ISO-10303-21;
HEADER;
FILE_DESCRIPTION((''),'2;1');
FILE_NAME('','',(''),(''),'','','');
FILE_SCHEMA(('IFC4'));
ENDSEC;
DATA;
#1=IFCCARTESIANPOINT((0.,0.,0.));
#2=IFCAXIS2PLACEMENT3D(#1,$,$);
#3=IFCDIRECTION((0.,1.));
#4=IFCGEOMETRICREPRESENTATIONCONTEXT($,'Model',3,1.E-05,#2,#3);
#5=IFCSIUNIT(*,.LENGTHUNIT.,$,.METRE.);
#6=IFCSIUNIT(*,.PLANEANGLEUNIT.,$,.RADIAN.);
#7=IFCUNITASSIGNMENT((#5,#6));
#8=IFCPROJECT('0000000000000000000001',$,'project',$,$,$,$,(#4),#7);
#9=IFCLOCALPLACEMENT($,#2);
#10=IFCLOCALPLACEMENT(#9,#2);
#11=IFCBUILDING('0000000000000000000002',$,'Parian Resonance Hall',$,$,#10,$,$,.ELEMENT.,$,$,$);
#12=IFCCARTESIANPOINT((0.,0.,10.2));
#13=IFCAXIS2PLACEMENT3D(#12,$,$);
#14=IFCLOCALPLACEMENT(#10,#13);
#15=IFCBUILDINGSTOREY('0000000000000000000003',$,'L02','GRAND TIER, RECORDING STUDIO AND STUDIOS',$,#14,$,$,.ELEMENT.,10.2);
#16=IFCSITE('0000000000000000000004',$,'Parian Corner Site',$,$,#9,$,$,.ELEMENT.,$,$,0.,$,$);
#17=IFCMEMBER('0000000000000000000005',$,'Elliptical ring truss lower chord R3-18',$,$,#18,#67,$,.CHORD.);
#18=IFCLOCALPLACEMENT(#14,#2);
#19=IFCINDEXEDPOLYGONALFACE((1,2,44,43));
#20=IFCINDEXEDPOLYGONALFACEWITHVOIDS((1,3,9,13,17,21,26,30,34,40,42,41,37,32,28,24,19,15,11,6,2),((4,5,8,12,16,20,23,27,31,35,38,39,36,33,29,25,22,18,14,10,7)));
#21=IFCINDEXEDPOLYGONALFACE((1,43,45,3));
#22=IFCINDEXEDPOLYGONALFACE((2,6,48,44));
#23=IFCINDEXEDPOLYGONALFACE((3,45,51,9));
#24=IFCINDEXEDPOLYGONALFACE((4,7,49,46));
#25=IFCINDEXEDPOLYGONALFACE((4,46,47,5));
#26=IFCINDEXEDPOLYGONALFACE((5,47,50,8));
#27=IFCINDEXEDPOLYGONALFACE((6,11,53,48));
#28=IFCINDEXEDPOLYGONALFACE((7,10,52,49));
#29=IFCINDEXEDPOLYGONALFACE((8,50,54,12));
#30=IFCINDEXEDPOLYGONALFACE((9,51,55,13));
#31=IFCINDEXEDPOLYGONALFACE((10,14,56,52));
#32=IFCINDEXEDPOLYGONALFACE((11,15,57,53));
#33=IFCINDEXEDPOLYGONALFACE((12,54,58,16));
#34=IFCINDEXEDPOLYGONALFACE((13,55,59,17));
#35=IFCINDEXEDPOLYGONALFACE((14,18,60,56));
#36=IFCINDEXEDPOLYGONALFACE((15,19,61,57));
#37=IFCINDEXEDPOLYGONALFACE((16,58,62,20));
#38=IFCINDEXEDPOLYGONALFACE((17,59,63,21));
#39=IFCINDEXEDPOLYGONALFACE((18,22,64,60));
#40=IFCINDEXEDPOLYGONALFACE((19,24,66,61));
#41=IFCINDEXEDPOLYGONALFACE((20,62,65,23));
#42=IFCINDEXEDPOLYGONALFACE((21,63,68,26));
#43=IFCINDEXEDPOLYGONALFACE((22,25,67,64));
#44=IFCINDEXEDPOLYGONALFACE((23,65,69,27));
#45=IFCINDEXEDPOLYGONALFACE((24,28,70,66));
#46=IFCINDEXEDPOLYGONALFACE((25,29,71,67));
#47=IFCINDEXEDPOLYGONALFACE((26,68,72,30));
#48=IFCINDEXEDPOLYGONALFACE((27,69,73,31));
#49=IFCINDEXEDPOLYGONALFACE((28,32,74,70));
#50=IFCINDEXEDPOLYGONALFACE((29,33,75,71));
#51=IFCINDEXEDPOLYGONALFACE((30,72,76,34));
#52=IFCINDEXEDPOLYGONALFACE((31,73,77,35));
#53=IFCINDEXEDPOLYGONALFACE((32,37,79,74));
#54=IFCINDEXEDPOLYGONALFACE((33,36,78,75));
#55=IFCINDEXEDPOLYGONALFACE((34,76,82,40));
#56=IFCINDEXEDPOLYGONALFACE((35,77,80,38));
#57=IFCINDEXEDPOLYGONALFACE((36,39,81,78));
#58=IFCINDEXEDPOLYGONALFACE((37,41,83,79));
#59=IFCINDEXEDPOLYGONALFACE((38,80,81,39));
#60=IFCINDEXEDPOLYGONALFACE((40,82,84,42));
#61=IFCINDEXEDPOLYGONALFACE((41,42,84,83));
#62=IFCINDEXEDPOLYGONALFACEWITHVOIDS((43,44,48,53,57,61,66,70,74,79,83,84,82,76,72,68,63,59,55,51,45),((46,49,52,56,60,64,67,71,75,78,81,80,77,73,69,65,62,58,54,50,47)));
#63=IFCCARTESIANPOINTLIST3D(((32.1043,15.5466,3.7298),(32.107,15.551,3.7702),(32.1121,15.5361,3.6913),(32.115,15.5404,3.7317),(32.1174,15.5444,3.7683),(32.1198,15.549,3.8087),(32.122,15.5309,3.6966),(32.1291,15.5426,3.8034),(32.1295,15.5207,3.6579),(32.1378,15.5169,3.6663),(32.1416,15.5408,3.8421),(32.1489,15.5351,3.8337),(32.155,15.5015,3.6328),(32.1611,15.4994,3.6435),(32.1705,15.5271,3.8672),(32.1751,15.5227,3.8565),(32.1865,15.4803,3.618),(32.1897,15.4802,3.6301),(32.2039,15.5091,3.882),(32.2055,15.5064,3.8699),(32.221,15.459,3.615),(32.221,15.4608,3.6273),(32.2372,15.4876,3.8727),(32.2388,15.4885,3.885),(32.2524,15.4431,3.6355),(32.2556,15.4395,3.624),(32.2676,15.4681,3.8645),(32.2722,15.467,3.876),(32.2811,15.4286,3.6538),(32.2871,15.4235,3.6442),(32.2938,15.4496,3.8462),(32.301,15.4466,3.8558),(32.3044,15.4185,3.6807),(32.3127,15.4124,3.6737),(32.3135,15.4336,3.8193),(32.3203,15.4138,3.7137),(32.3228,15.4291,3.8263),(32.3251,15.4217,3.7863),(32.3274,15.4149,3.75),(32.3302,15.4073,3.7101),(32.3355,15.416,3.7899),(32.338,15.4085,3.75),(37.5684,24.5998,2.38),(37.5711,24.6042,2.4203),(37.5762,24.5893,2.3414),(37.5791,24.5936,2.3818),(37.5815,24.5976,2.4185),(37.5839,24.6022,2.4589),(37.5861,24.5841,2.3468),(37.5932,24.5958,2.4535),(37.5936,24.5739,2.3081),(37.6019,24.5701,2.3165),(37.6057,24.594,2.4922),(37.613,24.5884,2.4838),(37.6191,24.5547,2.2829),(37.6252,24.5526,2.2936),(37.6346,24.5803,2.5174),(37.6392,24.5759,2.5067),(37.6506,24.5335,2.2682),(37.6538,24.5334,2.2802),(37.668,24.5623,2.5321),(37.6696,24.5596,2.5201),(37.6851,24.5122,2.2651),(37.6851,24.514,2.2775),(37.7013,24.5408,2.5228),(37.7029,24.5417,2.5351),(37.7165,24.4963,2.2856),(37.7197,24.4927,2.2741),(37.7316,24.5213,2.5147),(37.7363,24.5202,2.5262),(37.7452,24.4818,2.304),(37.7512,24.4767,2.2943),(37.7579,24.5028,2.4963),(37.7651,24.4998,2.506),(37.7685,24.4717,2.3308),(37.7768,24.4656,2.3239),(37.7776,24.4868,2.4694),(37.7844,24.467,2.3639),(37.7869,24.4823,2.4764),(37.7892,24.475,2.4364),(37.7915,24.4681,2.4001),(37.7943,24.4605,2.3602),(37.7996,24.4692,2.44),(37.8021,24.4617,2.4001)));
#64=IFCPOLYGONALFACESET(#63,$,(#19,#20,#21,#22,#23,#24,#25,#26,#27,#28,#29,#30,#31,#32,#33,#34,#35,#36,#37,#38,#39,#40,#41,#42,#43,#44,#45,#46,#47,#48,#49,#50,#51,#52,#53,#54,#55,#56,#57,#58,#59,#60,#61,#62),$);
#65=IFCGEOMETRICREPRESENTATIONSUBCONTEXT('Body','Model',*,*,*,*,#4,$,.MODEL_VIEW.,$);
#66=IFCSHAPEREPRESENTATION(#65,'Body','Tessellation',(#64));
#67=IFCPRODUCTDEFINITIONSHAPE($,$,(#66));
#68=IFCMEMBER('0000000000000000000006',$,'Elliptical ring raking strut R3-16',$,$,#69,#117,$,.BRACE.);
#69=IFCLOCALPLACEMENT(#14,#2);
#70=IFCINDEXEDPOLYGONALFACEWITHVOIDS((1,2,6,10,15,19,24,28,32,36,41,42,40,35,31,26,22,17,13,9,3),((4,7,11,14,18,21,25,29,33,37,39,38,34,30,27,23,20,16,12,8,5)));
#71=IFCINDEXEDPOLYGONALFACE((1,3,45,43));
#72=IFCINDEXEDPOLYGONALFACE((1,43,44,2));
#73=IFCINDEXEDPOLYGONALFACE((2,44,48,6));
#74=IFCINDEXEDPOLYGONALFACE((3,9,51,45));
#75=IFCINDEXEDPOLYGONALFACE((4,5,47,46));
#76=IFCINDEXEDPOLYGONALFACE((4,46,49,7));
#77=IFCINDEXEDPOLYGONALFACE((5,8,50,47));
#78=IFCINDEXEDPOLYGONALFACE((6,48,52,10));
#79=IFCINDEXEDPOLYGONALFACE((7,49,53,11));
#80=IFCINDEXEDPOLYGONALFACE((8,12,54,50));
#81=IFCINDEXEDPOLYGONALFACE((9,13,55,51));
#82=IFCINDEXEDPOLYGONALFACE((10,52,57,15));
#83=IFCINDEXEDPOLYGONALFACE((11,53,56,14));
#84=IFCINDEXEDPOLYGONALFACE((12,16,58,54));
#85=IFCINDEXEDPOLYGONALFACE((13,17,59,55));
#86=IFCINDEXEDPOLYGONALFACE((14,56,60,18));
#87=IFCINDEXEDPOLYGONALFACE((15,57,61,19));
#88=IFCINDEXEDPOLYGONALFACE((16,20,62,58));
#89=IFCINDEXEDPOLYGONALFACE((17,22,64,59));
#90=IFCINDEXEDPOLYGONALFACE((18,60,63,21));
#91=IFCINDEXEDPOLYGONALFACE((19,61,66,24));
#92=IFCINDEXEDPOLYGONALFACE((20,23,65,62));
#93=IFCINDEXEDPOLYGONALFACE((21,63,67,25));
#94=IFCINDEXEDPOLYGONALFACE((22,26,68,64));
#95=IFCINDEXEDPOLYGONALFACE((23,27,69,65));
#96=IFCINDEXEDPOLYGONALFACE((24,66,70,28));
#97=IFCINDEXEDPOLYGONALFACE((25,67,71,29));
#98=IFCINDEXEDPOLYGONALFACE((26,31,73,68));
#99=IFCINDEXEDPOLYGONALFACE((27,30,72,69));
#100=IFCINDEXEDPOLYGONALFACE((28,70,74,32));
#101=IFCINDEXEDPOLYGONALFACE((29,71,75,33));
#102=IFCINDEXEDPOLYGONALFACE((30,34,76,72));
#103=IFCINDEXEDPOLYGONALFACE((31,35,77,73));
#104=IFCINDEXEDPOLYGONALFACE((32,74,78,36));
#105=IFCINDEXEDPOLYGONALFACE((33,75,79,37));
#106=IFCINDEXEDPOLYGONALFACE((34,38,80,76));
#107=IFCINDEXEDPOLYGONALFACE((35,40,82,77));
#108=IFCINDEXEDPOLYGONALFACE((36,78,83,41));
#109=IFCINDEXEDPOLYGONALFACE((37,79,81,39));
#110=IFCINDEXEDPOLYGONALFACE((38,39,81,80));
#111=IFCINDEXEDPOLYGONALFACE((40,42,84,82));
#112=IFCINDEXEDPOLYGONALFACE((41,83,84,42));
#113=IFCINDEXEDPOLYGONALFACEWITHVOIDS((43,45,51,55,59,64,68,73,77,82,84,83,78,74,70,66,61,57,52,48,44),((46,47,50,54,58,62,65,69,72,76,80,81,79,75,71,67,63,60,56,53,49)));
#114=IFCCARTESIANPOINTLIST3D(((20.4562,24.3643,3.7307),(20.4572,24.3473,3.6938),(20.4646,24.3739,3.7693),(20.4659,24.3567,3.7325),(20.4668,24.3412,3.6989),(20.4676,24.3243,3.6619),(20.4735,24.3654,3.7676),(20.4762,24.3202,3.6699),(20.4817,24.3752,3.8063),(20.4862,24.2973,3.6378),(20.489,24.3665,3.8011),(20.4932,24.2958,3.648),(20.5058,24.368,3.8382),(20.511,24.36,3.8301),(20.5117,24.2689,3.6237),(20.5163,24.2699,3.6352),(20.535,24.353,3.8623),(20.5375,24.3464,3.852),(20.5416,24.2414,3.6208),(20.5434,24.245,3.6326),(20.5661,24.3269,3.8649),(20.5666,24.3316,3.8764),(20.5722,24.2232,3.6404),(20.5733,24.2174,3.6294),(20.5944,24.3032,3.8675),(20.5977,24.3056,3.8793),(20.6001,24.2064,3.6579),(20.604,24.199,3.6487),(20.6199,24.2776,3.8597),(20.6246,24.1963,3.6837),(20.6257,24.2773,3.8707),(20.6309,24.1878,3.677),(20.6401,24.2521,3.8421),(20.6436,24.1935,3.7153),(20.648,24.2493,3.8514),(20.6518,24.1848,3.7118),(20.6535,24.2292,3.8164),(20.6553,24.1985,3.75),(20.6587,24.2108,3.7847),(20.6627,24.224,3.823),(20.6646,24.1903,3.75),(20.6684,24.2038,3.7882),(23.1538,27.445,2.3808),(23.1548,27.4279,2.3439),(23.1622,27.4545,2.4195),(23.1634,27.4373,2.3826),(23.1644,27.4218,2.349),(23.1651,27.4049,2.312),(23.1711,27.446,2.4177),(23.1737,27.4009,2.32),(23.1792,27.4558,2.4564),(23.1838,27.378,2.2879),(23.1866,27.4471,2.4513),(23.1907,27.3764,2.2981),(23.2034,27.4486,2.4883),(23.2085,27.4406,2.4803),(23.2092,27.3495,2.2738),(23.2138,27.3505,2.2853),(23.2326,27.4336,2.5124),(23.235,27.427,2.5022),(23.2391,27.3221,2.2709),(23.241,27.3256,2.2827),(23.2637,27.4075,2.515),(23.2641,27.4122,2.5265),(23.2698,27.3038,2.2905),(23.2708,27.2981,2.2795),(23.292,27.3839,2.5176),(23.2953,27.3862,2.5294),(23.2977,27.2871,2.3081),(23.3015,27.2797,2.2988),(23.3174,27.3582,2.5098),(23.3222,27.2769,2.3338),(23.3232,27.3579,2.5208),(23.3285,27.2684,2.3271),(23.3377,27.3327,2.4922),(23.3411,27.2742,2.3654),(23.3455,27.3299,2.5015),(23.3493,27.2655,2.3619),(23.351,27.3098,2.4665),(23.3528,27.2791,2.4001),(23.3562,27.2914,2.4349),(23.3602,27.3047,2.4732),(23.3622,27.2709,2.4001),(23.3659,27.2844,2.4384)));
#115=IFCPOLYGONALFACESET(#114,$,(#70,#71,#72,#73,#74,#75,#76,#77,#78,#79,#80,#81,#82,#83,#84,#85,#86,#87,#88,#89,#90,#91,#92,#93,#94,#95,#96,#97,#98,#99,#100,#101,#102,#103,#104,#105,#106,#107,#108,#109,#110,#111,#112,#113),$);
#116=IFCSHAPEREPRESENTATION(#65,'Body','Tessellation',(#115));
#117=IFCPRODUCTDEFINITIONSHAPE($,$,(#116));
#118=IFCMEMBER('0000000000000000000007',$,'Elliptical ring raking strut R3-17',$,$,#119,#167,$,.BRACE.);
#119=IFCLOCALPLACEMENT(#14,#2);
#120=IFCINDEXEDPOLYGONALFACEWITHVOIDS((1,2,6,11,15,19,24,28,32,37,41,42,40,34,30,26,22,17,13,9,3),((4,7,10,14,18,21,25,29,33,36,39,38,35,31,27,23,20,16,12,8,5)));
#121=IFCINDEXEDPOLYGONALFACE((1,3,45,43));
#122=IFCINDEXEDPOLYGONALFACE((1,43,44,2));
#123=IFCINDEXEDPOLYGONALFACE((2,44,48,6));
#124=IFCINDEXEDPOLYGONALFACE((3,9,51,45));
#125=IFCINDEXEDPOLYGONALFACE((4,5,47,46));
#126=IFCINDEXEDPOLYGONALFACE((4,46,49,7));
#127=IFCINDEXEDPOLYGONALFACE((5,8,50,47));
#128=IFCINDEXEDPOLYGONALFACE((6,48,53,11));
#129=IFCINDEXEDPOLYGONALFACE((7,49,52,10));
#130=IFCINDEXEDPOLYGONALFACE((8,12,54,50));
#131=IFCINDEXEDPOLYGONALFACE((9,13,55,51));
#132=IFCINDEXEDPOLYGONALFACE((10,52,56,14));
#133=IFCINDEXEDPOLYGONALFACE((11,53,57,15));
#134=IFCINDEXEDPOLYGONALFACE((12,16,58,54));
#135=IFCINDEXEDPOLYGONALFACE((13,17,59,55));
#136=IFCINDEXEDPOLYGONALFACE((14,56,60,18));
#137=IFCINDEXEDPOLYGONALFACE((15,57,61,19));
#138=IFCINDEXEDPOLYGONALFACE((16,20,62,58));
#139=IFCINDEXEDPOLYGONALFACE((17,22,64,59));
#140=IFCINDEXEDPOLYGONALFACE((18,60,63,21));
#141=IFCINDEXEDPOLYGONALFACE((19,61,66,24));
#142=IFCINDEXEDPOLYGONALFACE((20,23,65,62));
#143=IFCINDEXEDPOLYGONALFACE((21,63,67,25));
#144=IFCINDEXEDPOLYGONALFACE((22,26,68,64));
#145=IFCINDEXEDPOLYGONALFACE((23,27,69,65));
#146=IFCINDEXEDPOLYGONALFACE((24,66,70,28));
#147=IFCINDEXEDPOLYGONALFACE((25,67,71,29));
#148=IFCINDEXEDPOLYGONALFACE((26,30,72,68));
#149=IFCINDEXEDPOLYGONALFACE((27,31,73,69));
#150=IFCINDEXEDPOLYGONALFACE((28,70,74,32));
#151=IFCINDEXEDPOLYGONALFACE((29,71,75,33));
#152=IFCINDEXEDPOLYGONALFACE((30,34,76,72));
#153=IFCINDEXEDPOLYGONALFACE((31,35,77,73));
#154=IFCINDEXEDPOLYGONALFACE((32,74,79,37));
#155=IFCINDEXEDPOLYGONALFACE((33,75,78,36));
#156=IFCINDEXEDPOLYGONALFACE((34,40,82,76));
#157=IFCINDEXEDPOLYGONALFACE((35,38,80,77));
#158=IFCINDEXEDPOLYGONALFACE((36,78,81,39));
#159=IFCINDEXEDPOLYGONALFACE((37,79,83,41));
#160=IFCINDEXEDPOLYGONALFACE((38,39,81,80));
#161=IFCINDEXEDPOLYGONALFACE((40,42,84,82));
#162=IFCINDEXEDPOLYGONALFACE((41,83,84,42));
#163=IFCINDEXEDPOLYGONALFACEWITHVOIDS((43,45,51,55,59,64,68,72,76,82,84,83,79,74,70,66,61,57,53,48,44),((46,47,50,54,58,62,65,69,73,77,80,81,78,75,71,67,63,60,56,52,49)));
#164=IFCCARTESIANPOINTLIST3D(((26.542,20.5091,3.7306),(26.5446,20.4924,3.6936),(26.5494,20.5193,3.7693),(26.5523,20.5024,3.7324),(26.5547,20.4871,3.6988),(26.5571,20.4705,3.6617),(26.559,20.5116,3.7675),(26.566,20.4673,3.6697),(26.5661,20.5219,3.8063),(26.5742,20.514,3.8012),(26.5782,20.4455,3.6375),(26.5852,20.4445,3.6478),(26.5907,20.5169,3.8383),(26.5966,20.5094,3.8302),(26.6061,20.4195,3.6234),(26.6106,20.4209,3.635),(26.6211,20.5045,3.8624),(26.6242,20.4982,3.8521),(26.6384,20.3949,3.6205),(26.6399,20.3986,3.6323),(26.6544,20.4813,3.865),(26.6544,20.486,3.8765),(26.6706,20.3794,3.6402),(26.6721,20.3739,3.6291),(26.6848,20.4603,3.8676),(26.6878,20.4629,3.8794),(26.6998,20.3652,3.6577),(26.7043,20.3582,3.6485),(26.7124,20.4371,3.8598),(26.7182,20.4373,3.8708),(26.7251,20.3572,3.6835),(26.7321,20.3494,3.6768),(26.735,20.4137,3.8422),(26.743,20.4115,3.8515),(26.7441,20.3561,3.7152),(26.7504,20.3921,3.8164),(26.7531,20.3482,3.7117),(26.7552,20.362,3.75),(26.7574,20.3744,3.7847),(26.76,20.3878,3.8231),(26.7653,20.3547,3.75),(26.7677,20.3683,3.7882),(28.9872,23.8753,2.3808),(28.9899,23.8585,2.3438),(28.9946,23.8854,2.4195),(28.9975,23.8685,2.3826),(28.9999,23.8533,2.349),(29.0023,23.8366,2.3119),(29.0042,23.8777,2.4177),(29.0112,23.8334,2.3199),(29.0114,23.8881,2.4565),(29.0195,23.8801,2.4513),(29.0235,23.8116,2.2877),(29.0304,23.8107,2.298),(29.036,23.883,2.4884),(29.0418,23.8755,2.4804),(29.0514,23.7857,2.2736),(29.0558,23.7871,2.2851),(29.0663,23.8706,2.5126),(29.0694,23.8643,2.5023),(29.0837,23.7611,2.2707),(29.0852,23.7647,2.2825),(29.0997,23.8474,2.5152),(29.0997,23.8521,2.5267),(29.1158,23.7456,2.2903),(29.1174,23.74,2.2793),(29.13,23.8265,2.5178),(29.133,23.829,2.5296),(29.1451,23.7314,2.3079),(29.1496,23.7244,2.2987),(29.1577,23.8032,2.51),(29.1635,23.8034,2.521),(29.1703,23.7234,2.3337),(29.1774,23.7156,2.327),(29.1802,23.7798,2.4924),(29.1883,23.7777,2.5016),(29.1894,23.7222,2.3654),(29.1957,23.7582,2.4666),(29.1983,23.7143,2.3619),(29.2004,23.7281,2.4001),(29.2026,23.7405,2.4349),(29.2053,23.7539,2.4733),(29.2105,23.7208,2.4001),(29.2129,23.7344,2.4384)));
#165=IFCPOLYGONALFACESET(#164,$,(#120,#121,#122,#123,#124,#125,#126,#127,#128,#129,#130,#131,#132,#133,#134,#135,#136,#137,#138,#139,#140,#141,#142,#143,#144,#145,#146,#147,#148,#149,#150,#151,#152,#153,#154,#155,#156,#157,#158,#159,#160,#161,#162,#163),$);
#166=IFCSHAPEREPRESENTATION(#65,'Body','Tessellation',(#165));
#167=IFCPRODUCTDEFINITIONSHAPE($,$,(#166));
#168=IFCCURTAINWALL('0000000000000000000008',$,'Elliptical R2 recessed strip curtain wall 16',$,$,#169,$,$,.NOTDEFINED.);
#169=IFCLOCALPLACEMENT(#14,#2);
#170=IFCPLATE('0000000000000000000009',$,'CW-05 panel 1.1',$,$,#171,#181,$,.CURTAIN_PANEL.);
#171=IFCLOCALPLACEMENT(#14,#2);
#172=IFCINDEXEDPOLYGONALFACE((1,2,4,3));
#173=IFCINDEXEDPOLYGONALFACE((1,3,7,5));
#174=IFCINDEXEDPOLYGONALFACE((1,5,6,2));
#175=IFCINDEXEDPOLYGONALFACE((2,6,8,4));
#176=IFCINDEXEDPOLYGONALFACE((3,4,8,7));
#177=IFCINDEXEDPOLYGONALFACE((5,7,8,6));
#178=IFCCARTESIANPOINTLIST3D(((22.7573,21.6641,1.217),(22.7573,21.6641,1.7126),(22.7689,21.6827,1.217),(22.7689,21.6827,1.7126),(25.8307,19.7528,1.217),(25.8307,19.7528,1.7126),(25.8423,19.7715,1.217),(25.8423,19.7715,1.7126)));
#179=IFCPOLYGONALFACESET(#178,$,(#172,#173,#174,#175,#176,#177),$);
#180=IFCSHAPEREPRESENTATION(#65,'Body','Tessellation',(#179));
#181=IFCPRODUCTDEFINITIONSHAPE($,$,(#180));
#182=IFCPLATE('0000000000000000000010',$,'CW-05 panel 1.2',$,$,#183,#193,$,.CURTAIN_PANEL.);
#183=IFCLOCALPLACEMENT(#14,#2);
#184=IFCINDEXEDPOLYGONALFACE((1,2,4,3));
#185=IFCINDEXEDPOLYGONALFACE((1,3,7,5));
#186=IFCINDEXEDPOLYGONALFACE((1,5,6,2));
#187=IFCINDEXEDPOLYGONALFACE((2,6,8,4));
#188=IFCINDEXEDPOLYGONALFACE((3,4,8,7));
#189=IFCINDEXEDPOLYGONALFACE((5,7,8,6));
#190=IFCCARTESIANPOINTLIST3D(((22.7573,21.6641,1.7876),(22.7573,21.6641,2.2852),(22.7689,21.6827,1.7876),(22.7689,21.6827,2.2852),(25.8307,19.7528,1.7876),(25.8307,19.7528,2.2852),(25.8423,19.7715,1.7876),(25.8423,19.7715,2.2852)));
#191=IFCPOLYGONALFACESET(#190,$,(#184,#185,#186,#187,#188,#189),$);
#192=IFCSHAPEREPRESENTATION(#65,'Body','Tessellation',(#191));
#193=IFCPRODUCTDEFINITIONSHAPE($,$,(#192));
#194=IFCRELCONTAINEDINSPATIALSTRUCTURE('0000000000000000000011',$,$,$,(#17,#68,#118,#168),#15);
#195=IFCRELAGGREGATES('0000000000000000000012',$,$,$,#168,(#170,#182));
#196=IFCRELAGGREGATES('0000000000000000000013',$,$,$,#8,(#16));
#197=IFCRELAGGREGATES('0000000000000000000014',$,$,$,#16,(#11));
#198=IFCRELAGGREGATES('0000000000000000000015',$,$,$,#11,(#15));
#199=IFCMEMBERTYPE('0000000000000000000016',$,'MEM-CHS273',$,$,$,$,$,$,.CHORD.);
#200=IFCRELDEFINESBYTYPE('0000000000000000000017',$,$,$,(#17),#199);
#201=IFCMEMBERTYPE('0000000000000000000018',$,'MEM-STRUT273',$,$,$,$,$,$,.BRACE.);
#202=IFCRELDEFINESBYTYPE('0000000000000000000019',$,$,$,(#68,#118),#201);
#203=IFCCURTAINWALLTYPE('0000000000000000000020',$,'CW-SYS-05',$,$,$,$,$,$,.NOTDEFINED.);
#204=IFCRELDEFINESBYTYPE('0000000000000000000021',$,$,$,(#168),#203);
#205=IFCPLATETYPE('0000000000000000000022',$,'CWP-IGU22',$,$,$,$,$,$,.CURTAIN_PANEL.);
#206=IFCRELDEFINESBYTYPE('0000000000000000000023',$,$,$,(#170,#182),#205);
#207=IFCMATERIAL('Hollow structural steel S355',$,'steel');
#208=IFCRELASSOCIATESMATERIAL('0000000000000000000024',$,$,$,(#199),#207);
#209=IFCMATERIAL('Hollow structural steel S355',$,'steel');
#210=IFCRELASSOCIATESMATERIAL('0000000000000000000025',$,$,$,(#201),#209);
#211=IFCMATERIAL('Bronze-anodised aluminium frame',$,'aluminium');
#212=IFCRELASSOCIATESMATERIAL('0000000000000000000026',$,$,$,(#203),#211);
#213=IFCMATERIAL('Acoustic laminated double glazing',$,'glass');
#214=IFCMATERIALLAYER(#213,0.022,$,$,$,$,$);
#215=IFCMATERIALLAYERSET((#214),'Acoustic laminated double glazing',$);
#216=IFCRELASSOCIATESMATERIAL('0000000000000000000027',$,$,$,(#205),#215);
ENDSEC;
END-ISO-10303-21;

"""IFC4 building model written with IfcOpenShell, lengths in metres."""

from ifc_helpers import new_model, si_unit, direction, frame, origin, origin_2d, place, context, subcontext, project, spatial, rectangle, hollow_circle, extrude, material, layer, layer_set, material_profile, profile_set, type_object, element, aggregate, save


model = new_model("IFC4")

# Units and contexts
model_context = context("Model", 3, precision=1e-05, world=origin(), true_north=direction((0.0, 1.0)))
body_context = subcontext(model_context, "Body", "Model", "MODEL_VIEW")
ifc_project = project(units=[si_unit("LENGTHUNIT", "METRE"), si_unit("PLANEANGLEUNIT", "RADIAN")], contexts=[model_context])

# Site, building, storey
site_placement = place(None, origin())
site = spatial("IfcSite", under=ifc_project, at=site_placement, Name="Parian Corner Site", CompositionType="ELEMENT", RefElevation=0.0)
building_placement = place(site_placement, origin())
building = spatial("IfcBuilding", under=site, at=building_placement, Name="Parian Resonance Hall", CompositionType="ELEMENT")
storey_placement = place(building_placement, frame((0.0, 0.0, 10.2)))
storey = spatial("IfcBuildingStorey", under=building, at=storey_placement, Name="L02", Description="GRAND TIER, RECORDING STUDIO AND STUDIOS", CompositionType="ELEMENT", Elevation=10.2)

# Members
ifc_material_1 = material(Name="Hollow structural steel S355", Category="steel")
ifc_material_profile_1 = material_profile(ifc_material_1, hollow_circle(Radius=0.1365, WallThickness=0.0125, at=origin_2d()), Name="CHS273x12.5")
ifc_profile_set_1 = profile_set([ifc_material_profile_1], Name="Hollow structural steel S355")
member_type_1 = type_object("IfcMemberType", Name="MEM-CHS273", PredefinedType="CHORD", material=ifc_profile_set_1)
member_1_placement = place(storey_placement, frame((37.6853, 24.5322, 2.4001), z_axis=(-0.512572, -0.849256, 0.126626), x_axis=(0.856148, -0.516731, 0.0)))
element("IfcMember", 1, at=member_1_placement, inside=storey, type_object=member_type_1, Name="Elliptical ring truss lower chord R3-18", PredefinedType="CHORD", context=body_context, shape_type="SweptSolid", body=[
    extrude(hollow_circle(Radius=0.1365, WallThickness=0.0125, at=origin_2d()), origin(), (0.0, 0.0, 1.0), 10.6602),
])
ifc_material_2 = material(Name="Hollow structural steel S355", Category="steel")
ifc_material_profile_2 = material_profile(ifc_material_2, hollow_circle(Radius=0.1365, WallThickness=0.0125, at=origin_2d()), Name="CHS273x12.5")
ifc_profile_set_2 = profile_set([ifc_material_profile_2], Name="Hollow structural steel S355")
member_type_2 = type_object("IfcMemberType", Name="MEM-STRUT273", PredefinedType="BRACE", material=ifc_profile_set_2)
member_2_placement = place(storey_placement, frame((23.2595, 27.3608, 2.4001), z_axis=(-0.625663, -0.714509, 0.313086), x_axis=(0.752333, -0.658783, 0.0)))
element("IfcMember", 2, at=member_2_placement, inside=storey, type_object=member_type_2, Name="Elliptical ring raking strut R3-16", PredefinedType="BRACE", context=body_context, shape_type="SweptSolid", body=[
    extrude(hollow_circle(Radius=0.1365, WallThickness=0.0125, at=origin_2d()), origin(), (0.0, 0.0, 1.0), 4.3115),
])
member_3_placement = place(storey_placement, frame((29.1001, 23.801, 2.4001), z_axis=(-0.559039, -0.769572, 0.308599), x_axis=(0.809061, -0.587725, 0.0)))
element("IfcMember", 3, at=member_3_placement, inside=storey, type_object=member_type_2, Name="Elliptical ring raking strut R3-17", PredefinedType="BRACE", context=body_context, shape_type="SweptSolid", body=[
    extrude(hollow_circle(Radius=0.1365, WallThickness=0.0125, at=origin_2d()), origin(), (0.0, 0.0, 1.0), 4.374),
])

# Curtain wall, plates
ifc_material_3 = material(Name="Bronze-anodised aluminium frame", Category="aluminium")
curtain_wall_type = type_object("IfcCurtainWallType", Name="CW-SYS-05", PredefinedType="NOTDEFINED", material=ifc_material_3)
curtain_wall_placement = place(storey_placement, origin())
curtain_wall = element("IfcCurtainWall", 4, at=curtain_wall_placement, inside=storey, type_object=curtain_wall_type, Name="Elliptical R2 recessed strip curtain wall 16", PredefinedType="NOTDEFINED")
ifc_material_4 = material(Name="Acoustic laminated double glazing", Category="glass")
ifc_layer_1 = layer(ifc_material_4, 0.022)
ifc_layer_set_1 = layer_set([ifc_layer_1], Name="Acoustic laminated double glazing")
plate_type_1 = type_object("IfcPlateType", Name="CWP-IGU22", PredefinedType="CURTAIN_PANEL", material=ifc_layer_set_1)
plate_1_placement = place(storey_placement, frame((24.2998, 20.7178, 1.217), z_axis=(0.0, 0.0, 1.0), x_axis=(-0.849185, 0.528096, 0.0)))
plate_1 = element("IfcPlate", 5, at=plate_1_placement, type_object=plate_type_1, Name="CW-05 panel 1.1", PredefinedType="CURTAIN_PANEL", context=body_context, shape_type="SweptSolid", body=[
    extrude(rectangle(XDim=3.6191, YDim=0.022, at=origin_2d()), origin(), (0.0, 0.0, 1.0), 0.4956),
])
plate_2_placement = place(storey_placement, frame((24.2998, 20.7178, 1.7876), z_axis=(0.0, 0.0, 1.0), x_axis=(-0.849185, 0.528096, 0.0)))
plate_2 = element("IfcPlate", 6, at=plate_2_placement, type_object=plate_type_1, Name="CW-05 panel 1.2", PredefinedType="CURTAIN_PANEL", context=body_context, shape_type="SweptSolid", body=[
    extrude(rectangle(XDim=3.6191, YDim=0.022, at=origin_2d()), origin(), (0.0, 0.0, 1.0), 0.4976),
])
aggregate(curtain_wall, [plate_1, plate_2])

save(model, "model.ifc")
